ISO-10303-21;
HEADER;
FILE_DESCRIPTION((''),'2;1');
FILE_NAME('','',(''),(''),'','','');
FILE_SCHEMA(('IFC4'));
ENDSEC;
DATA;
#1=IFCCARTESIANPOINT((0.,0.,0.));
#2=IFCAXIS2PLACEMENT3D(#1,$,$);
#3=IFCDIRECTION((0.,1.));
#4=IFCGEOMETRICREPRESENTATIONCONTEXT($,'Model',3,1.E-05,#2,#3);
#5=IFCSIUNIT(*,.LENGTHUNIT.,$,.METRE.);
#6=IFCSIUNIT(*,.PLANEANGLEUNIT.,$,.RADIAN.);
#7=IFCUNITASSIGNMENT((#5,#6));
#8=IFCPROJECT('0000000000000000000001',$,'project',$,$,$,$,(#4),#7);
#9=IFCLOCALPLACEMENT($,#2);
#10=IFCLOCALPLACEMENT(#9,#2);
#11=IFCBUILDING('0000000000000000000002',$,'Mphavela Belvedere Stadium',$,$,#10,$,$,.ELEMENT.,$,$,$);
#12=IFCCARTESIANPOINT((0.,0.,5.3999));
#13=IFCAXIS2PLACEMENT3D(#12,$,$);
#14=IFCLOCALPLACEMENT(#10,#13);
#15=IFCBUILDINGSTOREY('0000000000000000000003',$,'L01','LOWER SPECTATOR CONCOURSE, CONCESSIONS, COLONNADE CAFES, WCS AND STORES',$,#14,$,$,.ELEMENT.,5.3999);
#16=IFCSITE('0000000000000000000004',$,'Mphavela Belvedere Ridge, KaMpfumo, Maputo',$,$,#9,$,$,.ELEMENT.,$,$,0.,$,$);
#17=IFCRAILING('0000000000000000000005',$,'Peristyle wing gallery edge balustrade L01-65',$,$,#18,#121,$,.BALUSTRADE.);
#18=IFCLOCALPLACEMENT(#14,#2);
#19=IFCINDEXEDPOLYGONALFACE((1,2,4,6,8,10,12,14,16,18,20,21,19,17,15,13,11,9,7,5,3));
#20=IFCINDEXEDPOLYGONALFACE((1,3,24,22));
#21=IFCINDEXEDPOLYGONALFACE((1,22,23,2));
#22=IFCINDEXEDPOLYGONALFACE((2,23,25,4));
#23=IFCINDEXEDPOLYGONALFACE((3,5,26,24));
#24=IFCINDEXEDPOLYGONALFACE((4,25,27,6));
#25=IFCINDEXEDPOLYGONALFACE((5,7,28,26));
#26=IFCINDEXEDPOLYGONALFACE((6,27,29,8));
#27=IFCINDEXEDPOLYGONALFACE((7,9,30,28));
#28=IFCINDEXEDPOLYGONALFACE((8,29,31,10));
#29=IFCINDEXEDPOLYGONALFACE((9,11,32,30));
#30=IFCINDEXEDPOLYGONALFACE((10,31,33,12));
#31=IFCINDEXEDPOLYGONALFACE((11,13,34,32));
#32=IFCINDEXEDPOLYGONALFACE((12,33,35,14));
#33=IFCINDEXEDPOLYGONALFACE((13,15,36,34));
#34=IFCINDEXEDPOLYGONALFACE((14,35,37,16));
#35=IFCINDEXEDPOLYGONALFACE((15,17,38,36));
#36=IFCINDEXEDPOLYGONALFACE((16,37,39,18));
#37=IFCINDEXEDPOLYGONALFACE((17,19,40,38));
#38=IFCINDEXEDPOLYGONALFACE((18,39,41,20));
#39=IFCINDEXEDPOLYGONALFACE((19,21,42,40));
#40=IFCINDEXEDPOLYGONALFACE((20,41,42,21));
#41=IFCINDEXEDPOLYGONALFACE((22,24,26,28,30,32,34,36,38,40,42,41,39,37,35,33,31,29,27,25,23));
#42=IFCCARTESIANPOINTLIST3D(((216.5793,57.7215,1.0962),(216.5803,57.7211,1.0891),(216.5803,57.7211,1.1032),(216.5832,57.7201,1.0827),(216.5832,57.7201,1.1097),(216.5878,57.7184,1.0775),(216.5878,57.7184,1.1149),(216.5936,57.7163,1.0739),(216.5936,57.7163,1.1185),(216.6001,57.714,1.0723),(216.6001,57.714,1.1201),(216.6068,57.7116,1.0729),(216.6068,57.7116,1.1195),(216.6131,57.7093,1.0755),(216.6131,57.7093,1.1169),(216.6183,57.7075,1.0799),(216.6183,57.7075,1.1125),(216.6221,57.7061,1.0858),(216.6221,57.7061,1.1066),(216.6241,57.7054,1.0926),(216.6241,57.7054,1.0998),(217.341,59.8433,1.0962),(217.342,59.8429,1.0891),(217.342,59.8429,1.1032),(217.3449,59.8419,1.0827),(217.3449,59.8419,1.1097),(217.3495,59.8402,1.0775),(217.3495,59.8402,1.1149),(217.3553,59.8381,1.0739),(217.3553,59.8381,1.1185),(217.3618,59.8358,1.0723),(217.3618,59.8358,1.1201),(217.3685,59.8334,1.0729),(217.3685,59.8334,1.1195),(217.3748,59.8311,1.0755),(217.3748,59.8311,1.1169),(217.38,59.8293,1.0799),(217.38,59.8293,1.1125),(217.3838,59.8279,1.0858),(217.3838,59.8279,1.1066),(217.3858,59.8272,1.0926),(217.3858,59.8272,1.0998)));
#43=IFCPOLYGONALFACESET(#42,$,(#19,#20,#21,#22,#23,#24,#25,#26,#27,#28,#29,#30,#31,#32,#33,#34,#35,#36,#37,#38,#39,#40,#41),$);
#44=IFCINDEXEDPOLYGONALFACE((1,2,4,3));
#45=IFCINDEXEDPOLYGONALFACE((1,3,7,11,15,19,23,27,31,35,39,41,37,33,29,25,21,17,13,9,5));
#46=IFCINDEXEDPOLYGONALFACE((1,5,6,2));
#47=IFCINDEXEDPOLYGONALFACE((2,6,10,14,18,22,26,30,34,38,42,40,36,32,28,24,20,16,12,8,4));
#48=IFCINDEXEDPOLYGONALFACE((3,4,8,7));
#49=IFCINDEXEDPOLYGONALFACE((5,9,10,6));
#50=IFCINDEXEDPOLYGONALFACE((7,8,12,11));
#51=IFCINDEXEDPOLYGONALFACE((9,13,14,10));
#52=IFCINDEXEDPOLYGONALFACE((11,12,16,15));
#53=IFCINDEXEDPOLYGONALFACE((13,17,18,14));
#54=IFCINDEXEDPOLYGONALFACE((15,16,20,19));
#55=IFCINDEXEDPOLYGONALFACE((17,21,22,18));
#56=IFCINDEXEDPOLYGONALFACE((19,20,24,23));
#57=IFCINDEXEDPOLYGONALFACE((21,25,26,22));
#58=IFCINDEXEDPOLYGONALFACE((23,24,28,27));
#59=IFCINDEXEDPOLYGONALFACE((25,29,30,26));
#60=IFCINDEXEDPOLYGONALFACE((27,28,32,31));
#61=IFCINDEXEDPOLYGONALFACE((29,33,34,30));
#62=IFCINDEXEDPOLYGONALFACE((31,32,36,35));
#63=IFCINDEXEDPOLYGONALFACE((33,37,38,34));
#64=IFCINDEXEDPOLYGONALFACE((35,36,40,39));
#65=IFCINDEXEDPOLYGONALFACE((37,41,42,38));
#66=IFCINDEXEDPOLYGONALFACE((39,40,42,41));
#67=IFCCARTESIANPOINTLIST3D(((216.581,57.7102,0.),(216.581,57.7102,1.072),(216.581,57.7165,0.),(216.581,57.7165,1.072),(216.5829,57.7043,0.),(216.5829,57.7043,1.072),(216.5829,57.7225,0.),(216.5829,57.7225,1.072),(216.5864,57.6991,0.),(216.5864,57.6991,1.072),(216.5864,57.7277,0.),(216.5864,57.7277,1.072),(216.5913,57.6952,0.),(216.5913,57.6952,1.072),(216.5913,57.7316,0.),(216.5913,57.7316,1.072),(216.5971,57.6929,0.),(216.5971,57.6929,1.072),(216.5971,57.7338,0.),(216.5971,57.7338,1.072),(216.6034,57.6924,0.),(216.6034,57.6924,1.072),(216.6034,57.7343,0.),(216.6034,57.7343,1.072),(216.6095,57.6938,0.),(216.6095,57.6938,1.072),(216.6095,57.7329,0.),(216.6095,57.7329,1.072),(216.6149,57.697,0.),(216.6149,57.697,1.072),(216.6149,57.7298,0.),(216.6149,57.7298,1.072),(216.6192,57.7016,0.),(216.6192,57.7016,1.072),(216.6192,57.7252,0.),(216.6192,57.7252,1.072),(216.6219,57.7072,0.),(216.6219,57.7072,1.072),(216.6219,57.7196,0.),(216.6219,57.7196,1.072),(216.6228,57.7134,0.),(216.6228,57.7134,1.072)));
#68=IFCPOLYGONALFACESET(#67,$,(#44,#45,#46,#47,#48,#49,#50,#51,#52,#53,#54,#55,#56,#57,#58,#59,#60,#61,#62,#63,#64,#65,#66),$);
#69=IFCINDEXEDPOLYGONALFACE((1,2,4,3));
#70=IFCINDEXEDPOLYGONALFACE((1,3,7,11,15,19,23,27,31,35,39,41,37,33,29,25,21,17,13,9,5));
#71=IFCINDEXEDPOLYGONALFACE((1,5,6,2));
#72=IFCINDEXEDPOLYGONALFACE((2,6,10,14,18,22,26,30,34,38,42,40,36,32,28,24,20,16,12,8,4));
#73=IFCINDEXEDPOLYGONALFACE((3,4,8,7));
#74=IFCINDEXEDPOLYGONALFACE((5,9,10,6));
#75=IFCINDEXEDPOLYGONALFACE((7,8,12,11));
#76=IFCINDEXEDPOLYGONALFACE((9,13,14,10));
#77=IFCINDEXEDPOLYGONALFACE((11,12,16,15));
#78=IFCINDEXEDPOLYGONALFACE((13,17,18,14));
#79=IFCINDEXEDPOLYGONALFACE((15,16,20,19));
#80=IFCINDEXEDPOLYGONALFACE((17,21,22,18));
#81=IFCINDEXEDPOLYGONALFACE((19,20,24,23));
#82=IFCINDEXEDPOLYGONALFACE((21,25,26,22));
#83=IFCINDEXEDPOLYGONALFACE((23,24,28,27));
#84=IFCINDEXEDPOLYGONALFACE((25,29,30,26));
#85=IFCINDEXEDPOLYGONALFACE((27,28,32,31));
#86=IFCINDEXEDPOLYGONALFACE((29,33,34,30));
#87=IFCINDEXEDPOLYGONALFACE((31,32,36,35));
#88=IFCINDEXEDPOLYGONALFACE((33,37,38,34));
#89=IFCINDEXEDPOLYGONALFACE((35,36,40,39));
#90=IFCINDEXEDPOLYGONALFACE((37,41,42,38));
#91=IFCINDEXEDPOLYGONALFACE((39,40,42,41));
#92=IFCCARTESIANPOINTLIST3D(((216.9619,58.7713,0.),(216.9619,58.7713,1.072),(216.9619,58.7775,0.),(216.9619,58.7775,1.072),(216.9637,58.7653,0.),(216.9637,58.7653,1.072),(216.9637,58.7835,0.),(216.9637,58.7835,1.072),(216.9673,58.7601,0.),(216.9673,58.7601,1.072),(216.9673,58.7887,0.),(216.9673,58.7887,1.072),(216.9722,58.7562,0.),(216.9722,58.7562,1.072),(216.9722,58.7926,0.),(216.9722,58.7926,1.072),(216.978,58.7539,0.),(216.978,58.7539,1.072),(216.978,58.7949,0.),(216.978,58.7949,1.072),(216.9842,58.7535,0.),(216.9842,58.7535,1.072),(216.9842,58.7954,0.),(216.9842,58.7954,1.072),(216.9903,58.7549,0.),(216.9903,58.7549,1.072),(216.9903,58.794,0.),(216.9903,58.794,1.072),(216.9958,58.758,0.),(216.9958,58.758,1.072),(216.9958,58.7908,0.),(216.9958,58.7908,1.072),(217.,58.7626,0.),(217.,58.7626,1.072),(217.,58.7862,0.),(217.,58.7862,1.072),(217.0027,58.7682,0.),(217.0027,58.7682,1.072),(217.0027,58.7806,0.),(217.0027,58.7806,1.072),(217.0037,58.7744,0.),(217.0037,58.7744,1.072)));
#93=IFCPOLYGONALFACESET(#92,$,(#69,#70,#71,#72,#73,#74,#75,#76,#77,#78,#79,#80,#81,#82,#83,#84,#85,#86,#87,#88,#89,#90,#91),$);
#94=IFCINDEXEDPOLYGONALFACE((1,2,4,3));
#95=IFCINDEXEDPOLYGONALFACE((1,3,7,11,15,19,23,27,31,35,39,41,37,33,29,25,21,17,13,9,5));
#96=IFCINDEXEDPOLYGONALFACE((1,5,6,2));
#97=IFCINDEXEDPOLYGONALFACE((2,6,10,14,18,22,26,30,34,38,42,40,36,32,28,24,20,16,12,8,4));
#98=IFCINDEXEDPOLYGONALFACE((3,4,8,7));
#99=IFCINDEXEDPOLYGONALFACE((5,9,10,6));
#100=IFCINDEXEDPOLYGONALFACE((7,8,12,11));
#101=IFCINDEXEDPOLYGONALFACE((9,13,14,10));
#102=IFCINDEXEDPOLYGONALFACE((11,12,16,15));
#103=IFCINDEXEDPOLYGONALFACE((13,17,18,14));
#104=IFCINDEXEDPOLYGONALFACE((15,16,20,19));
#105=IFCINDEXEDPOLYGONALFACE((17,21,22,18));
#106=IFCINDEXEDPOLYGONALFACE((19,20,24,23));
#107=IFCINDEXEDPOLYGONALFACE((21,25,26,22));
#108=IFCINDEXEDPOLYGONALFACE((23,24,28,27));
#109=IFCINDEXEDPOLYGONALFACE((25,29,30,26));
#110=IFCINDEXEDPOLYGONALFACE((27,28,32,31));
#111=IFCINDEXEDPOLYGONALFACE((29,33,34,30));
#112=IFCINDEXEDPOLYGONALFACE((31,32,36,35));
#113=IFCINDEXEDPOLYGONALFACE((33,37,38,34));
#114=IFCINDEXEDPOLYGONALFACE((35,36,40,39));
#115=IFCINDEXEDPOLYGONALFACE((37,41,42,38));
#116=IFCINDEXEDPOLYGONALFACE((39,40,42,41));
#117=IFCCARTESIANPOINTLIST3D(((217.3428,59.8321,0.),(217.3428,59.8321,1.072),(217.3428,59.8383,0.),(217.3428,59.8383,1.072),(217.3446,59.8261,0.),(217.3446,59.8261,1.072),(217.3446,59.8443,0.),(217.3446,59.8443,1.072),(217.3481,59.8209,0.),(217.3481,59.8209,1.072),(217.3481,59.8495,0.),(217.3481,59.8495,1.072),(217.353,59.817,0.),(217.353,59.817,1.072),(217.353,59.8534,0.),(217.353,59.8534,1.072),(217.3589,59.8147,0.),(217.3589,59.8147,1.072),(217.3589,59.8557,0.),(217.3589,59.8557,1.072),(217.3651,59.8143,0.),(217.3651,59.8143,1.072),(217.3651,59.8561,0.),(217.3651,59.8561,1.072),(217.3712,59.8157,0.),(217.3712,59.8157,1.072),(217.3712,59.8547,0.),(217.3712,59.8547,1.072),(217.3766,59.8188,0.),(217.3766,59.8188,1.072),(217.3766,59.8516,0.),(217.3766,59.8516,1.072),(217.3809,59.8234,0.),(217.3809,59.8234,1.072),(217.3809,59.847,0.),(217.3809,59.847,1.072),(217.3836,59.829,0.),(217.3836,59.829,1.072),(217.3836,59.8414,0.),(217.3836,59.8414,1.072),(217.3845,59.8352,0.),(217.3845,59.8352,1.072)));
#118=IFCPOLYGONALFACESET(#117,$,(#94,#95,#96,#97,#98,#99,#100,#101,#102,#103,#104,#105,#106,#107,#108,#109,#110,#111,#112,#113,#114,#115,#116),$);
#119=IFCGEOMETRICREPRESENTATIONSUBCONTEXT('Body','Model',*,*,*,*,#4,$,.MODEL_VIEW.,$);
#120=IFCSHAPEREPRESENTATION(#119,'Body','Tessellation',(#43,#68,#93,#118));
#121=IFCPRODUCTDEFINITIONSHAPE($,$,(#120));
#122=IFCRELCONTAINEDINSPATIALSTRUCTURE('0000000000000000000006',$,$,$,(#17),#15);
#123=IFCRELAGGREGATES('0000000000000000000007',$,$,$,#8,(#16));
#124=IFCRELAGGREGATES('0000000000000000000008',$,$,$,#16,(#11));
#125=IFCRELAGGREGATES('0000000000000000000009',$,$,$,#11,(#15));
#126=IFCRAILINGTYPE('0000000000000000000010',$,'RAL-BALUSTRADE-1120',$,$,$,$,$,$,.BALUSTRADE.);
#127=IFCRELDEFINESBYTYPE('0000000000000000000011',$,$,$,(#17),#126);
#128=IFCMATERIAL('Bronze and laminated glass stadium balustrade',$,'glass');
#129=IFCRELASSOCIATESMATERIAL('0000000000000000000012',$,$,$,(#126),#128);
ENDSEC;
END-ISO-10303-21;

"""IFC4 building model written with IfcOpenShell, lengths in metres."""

from ifc_helpers import new_model, si_unit, direction, frame, origin, origin_2d, place, context, subcontext, project, spatial, circle, extrude, material, type_object, element, save


model = new_model("IFC4")

# Units and contexts
model_context = context("Model", 3, precision=1e-05, world=origin(), true_north=direction((0.0, 1.0)))
body_context = subcontext(model_context, "Body", "Model", "MODEL_VIEW")
ifc_project = project(units=[si_unit("LENGTHUNIT", "METRE"), si_unit("PLANEANGLEUNIT", "RADIAN")], contexts=[model_context])

# Site, building, storey
site_placement = place(None, origin())
site = spatial("IfcSite", under=ifc_project, at=site_placement, Name="Mphavela Belvedere Ridge, KaMpfumo, Maputo", CompositionType="ELEMENT", RefElevation=0.0)
building_placement = place(site_placement, origin())
building = spatial("IfcBuilding", under=site, at=building_placement, Name="Mphavela Belvedere Stadium", CompositionType="ELEMENT")
storey_placement = place(building_placement, frame((0.0, 0.0, 5.3999)))
storey = spatial("IfcBuildingStorey", under=building, at=storey_placement, Name="L01", Description="LOWER SPECTATOR CONCOURSE, CONCESSIONS, COLONNADE CAFES, WCS AND STORES", CompositionType="ELEMENT", Elevation=5.3999)

# Railing
ifc_material_1 = material(Name="Bronze and laminated glass stadium balustrade", Category="glass")
railing_type = type_object("IfcRailingType", Name="RAL-BALUSTRADE-1120", PredefinedType="BALUSTRADE", material=ifc_material_1)
railing_1_placement = place(storey_placement, frame((216.6018, 57.7134, 0.0)))
element("IfcRailing", 1, at=railing_1_placement, inside=storey, type_object=railing_type, Name="Peristyle wing gallery edge balustrade L01-65", PredefinedType="BALUSTRADE", context=body_context, shape_type="SweptSolid", body=[
    extrude(circle(Radius=0.0239, at=origin_2d()), frame((0.0, 0.0, 1.0962), z_axis=(0.33788, 0.941189, 0.0), x_axis=(-0.941189, 0.33788, 0.0)), (0.0, 0.0, 1.0), 2.2544),
    extrude(circle(Radius=0.021, at=origin_2d()), origin(), (0.0, 0.0, 1.0), 1.072),
    extrude(circle(Radius=0.021, at=origin_2d()), frame((0.3809, 1.061, 0.0)), (0.0, 0.0, 1.0), 1.072),
    extrude(circle(Radius=0.021, at=origin_2d()), frame((0.7617, 2.1218, 0.0)), (0.0, 0.0, 1.0), 1.072),
])

save(model, "model.ifc")
